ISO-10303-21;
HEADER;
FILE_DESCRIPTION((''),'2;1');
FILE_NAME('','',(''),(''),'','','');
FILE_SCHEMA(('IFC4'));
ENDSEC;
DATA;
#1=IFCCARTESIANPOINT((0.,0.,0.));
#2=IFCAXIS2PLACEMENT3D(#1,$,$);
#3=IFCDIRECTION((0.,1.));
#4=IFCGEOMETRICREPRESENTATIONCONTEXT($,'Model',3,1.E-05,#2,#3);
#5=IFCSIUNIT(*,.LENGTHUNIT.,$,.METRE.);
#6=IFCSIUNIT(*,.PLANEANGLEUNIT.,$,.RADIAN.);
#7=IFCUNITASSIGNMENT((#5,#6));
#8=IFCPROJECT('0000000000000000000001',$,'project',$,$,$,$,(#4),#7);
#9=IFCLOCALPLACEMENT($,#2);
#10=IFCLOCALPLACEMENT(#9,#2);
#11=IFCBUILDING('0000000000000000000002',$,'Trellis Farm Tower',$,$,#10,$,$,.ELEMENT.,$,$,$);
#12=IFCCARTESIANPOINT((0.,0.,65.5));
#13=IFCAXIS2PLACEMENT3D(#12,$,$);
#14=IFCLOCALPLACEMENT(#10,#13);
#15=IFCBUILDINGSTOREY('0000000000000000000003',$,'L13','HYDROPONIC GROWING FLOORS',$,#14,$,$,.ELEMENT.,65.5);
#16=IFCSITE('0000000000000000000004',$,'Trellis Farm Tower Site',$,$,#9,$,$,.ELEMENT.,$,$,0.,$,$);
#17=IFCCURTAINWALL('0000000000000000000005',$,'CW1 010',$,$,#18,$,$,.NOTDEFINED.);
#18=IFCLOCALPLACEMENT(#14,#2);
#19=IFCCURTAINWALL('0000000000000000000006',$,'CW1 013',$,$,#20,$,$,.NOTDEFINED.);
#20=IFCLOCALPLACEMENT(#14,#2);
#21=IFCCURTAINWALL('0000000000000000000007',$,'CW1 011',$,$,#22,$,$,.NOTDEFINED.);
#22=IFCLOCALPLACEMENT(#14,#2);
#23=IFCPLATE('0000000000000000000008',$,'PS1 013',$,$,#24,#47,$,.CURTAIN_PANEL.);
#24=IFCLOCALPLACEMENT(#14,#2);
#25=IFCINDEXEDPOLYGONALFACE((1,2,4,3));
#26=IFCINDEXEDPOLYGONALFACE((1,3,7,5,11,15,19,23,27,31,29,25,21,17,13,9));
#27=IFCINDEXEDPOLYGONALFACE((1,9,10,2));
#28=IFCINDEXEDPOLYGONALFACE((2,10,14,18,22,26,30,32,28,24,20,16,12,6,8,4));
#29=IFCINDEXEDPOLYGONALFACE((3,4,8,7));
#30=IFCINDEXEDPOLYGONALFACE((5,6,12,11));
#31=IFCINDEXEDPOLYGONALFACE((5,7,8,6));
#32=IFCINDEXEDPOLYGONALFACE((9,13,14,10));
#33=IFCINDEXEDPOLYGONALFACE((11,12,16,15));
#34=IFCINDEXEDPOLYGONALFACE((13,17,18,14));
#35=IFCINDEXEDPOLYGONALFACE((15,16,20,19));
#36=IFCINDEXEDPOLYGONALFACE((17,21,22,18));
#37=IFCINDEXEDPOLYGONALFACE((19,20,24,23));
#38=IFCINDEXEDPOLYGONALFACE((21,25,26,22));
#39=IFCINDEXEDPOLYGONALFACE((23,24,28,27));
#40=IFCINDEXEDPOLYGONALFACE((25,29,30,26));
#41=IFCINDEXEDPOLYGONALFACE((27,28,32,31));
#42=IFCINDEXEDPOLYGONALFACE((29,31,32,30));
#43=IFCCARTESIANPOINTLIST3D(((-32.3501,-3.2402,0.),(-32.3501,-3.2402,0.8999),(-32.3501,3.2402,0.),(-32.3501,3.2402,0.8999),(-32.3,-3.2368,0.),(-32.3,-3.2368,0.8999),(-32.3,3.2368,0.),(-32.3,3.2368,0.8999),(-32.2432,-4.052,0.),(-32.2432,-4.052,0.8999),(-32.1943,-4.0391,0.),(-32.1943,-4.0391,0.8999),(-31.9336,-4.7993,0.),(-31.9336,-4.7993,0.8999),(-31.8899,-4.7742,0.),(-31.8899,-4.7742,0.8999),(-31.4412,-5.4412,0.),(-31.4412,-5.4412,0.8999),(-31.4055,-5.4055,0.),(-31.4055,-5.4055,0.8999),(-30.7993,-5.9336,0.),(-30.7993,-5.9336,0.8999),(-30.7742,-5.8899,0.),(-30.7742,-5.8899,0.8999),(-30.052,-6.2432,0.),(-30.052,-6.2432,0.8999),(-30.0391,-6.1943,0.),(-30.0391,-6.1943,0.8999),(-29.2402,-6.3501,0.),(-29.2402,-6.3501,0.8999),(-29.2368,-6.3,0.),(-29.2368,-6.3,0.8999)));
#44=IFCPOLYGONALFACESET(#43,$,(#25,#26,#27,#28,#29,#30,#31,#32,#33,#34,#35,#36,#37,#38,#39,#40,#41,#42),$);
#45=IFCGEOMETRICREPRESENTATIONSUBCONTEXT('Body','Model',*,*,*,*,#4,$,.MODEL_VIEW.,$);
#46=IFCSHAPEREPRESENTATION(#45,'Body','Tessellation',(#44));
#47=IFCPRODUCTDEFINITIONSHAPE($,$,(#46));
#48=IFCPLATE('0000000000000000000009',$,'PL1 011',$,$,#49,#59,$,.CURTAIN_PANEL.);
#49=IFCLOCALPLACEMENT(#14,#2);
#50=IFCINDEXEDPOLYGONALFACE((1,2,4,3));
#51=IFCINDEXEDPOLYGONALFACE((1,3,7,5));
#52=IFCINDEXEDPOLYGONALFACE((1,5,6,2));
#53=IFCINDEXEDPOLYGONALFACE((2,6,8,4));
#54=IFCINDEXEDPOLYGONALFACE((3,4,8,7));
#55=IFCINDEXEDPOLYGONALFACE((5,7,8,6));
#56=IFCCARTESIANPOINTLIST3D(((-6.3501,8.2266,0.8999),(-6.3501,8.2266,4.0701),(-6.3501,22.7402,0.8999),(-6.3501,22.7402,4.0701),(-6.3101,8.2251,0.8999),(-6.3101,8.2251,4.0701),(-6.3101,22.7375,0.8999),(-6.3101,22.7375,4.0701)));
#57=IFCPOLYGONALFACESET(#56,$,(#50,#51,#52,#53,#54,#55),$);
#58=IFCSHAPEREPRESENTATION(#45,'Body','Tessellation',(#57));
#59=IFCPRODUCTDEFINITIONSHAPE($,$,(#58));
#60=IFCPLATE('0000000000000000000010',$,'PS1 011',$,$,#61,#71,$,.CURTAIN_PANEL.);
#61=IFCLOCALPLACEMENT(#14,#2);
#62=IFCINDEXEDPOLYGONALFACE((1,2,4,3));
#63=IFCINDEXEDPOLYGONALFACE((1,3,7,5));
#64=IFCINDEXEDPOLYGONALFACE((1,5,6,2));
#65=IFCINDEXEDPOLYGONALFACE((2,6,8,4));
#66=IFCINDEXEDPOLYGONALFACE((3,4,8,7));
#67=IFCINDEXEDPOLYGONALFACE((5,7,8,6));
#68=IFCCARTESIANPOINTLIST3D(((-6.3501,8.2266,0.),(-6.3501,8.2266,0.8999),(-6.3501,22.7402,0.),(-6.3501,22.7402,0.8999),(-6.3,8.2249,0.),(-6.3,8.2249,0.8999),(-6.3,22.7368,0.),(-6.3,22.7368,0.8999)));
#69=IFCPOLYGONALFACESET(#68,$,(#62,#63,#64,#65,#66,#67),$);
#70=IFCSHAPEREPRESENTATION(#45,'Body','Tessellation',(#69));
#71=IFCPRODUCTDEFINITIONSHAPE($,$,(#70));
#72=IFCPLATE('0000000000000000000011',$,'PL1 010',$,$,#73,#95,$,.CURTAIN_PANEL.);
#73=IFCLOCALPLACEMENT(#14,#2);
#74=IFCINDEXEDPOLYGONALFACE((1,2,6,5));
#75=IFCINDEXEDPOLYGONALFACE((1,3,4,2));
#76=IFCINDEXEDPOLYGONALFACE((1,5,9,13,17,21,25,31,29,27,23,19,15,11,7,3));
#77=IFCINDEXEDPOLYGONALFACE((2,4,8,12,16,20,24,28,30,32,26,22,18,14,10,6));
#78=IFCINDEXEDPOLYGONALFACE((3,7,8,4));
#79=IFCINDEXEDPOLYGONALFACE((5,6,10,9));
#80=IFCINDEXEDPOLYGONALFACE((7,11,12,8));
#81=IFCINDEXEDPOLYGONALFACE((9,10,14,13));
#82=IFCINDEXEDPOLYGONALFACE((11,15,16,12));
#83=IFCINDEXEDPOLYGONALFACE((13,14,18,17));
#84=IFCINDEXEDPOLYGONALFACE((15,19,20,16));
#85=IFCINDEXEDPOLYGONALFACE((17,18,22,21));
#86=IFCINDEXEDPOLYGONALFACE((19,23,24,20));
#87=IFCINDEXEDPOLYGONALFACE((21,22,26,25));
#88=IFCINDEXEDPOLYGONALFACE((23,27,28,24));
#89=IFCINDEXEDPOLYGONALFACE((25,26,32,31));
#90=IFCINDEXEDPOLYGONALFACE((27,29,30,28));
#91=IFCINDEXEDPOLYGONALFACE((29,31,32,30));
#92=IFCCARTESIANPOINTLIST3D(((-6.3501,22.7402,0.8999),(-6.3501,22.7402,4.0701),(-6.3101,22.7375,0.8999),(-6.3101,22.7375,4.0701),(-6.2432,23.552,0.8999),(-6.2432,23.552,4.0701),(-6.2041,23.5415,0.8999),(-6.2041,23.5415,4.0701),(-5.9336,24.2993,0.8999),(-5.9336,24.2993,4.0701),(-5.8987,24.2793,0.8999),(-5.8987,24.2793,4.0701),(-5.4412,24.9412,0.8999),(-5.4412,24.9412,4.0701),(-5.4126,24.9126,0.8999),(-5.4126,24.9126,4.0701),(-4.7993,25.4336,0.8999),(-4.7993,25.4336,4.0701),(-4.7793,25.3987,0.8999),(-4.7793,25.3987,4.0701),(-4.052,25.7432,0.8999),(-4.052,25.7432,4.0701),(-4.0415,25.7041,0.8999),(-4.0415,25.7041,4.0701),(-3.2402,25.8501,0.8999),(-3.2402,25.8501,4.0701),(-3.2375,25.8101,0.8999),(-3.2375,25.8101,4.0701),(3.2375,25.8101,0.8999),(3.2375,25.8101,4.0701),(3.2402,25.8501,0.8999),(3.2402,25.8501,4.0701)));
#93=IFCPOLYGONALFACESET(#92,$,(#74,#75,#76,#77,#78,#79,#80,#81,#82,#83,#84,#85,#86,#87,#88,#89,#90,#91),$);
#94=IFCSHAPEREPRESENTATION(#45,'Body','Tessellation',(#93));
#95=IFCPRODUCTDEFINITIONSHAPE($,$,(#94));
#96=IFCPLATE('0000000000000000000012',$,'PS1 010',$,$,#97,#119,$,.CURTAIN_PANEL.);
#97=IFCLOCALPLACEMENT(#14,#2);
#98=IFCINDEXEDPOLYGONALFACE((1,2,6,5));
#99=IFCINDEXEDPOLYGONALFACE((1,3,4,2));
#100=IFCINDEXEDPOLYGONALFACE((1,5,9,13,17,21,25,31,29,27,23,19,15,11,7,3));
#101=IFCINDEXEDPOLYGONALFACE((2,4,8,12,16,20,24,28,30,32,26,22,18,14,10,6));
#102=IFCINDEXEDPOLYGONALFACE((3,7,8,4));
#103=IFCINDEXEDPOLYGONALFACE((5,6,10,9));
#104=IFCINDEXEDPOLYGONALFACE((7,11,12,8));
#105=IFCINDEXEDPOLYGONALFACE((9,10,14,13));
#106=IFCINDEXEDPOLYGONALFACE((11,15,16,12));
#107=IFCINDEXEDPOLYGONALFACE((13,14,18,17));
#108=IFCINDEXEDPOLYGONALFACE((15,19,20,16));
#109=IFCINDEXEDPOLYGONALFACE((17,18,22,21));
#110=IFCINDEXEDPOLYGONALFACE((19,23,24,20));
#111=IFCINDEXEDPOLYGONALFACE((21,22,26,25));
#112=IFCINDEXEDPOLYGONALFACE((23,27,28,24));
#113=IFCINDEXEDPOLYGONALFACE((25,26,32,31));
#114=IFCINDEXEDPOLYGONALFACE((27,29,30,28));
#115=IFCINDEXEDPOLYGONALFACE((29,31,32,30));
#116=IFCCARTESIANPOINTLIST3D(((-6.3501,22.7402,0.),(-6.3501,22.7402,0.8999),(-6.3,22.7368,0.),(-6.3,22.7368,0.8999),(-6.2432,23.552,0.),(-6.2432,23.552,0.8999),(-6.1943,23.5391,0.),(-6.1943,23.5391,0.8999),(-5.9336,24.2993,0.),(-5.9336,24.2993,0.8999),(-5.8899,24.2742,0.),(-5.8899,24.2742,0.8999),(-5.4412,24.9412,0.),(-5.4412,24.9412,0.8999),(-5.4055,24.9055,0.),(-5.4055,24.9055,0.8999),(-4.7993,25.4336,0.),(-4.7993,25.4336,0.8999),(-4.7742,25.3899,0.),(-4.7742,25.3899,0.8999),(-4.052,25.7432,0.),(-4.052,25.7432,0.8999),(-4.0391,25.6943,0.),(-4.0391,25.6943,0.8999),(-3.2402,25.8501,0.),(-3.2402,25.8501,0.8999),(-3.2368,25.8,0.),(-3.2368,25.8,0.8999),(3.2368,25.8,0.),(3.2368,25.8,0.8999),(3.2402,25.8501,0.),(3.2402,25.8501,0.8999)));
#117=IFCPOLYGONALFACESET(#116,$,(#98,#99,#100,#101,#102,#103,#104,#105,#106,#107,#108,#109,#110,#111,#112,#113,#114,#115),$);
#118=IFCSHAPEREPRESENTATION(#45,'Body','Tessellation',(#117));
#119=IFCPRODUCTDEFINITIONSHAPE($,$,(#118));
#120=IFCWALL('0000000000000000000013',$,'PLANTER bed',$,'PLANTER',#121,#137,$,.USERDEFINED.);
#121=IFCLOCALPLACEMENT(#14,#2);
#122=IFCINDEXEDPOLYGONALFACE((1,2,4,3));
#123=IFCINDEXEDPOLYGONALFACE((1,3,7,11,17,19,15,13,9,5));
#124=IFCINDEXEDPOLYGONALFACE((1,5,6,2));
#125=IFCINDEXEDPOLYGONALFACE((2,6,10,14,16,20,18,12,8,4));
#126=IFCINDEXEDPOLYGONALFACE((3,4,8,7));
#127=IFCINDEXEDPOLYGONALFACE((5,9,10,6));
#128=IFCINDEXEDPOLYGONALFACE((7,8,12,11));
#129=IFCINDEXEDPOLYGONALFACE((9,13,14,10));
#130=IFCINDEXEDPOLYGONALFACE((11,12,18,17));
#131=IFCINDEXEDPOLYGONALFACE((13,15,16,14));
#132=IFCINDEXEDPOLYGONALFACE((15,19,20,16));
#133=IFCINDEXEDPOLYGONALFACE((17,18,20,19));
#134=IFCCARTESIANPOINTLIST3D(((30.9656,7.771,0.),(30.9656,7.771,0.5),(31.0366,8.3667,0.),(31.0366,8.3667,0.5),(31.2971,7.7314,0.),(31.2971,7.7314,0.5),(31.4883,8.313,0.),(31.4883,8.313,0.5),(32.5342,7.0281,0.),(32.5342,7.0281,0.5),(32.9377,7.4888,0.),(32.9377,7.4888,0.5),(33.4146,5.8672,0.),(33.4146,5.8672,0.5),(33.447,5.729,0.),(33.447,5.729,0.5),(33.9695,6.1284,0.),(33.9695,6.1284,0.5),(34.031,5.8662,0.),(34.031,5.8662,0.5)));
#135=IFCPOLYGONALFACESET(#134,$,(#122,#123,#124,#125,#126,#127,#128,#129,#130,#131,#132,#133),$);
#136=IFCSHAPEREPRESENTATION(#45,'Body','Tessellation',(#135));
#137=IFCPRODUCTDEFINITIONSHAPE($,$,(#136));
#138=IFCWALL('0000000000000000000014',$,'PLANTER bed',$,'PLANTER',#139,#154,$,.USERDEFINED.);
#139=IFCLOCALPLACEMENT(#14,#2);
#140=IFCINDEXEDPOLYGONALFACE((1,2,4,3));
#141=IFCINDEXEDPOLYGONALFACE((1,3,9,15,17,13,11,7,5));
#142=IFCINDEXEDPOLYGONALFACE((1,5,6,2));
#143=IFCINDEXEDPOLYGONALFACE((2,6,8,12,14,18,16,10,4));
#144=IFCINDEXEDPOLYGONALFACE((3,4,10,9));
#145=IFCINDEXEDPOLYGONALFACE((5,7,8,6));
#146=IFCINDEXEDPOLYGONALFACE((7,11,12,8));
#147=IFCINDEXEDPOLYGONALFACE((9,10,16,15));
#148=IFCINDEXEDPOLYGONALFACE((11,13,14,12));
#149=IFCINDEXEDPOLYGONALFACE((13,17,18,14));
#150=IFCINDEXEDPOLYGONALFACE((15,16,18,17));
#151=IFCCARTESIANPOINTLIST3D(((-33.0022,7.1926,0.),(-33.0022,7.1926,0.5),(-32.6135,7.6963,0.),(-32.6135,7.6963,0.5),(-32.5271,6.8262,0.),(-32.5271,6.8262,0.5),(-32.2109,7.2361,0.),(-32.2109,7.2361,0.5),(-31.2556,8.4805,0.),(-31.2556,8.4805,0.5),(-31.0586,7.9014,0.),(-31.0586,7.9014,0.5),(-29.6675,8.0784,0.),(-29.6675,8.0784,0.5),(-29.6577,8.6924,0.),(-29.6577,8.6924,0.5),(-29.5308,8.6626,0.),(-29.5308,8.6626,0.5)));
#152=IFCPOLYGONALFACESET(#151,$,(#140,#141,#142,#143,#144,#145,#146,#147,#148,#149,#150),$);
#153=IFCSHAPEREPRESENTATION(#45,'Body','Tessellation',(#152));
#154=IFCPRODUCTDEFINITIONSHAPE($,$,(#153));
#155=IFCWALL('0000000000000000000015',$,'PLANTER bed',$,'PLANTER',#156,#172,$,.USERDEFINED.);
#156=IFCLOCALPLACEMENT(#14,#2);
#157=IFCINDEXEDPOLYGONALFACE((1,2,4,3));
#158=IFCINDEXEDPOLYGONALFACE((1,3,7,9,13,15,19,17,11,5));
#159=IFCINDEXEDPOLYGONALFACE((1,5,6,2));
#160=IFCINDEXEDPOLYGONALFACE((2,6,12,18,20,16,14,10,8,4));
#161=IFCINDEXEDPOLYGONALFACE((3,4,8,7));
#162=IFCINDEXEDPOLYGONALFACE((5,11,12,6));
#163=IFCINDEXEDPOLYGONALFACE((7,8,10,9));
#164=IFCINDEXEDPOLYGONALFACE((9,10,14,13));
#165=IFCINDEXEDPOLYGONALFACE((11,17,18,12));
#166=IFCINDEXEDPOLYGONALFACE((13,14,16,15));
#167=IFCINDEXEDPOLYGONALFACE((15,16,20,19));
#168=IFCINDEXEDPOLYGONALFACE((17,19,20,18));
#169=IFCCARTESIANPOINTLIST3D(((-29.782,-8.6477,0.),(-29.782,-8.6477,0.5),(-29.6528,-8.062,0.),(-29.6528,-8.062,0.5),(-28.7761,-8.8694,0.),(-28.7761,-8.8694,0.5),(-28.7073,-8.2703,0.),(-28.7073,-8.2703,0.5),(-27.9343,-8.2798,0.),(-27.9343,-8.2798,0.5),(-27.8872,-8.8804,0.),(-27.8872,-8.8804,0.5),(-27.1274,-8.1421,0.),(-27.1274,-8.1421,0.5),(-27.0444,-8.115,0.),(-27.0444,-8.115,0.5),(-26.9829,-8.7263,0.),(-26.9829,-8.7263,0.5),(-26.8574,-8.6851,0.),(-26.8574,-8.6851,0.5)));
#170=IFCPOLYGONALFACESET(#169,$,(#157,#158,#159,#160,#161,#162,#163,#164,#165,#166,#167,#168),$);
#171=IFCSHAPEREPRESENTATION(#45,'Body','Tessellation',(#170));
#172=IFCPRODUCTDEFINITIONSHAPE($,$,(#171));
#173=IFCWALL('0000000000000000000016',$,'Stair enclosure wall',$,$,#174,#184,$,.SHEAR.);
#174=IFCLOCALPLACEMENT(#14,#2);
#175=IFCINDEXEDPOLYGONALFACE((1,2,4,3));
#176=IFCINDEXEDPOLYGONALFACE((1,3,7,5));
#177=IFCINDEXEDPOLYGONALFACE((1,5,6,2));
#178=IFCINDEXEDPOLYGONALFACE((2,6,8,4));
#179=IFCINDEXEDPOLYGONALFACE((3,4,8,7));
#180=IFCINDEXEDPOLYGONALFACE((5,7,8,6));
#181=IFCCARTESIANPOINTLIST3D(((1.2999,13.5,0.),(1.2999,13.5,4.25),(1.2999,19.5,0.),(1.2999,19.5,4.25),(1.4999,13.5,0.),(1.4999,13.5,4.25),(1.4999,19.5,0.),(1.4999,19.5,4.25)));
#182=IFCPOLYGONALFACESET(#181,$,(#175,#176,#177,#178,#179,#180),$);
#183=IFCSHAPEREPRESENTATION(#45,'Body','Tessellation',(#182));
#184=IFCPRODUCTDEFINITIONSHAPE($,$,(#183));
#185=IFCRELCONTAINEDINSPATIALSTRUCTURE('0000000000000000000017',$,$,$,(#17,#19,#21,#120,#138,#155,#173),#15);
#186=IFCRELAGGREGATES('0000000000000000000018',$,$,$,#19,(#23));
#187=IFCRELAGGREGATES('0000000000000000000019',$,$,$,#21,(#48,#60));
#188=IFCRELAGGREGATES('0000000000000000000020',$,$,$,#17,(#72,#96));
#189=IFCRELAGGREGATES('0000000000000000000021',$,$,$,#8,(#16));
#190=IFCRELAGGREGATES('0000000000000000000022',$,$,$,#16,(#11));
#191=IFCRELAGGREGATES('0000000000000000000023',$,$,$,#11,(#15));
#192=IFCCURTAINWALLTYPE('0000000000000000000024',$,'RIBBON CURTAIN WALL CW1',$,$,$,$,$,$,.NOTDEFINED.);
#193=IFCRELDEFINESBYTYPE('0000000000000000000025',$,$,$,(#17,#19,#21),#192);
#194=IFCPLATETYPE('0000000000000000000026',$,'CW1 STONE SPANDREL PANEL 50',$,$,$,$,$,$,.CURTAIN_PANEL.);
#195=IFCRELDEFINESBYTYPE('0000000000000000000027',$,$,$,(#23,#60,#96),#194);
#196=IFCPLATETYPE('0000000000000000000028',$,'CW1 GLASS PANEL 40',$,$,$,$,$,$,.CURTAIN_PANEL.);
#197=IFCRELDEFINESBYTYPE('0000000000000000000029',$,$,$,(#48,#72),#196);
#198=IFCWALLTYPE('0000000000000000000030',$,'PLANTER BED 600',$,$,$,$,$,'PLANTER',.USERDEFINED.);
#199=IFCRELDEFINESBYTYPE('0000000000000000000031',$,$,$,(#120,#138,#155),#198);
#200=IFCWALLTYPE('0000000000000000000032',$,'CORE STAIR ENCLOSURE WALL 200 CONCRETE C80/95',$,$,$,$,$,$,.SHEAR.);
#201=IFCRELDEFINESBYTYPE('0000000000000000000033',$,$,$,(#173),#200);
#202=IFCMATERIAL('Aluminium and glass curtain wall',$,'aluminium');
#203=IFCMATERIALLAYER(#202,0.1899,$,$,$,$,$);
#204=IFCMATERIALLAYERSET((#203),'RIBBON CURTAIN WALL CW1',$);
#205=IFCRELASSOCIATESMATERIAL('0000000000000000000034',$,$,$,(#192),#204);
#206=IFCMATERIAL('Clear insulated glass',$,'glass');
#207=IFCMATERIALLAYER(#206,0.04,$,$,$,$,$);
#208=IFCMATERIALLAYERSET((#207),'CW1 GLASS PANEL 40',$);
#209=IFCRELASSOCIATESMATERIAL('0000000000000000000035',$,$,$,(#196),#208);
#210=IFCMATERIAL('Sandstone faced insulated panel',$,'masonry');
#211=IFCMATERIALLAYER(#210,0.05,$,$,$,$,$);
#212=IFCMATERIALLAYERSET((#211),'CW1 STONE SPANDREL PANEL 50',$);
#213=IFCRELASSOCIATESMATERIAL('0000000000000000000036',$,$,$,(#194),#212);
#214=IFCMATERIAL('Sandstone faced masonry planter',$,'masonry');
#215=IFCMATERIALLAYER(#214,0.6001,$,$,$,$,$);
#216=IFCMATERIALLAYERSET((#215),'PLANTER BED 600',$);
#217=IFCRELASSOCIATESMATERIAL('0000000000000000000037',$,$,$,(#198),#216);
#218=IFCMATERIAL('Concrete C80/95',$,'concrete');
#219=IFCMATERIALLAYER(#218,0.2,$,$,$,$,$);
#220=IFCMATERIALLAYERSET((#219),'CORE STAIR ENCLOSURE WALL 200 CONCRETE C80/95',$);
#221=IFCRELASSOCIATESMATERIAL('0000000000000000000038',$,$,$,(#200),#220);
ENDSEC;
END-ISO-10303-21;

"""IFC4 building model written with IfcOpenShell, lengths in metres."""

from ifc_helpers import new_model, si_unit, direction, frame, frame_2d, origin, place, context, subcontext, project, spatial, polyline, rectangle, outline, extrude, source, transform, mapped, material, layer, layer_set, type_object, element, aggregate, save


model = new_model("IFC4")

# Units and contexts
model_context = context("Model", 3, precision=1e-05, world=origin(), true_north=direction((0.0, 1.0)))
body_context = subcontext(model_context, "Body", "Model", "MODEL_VIEW")
ifc_project = project(units=[si_unit("LENGTHUNIT", "METRE"), si_unit("PLANEANGLEUNIT", "RADIAN")], contexts=[model_context])

# Site, building, storey
site_placement = place(None, origin())
site = spatial("IfcSite", under=ifc_project, at=site_placement, Name="Trellis Farm Tower Site", CompositionType="ELEMENT", RefElevation=0.0)
building_placement = place(site_placement, origin())
building = spatial("IfcBuilding", under=site, at=building_placement, Name="Trellis Farm Tower", CompositionType="ELEMENT")
storey_placement = place(building_placement, frame((0.0, 0.0, 65.5)))
storey = spatial("IfcBuildingStorey", under=building, at=storey_placement, Name="L13", Description="HYDROPONIC GROWING FLOORS", CompositionType="ELEMENT", Elevation=65.5)

# Curtain walls
ifc_material_1 = material(Name="Aluminium and glass curtain wall", Category="aluminium")
ifc_layer_1 = layer(ifc_material_1, 0.1899)
ifc_layer_set_1 = layer_set([ifc_layer_1], Name="RIBBON CURTAIN WALL CW1")
curtain_wall_type_1 = type_object("IfcCurtainWallType", Name="RIBBON CURTAIN WALL CW1", PredefinedType="NOTDEFINED", material=ifc_layer_set_1)
placement_1 = place(storey_placement, origin())
curtain_wall_1 = element("IfcCurtainWall", 1, at=placement_1, inside=storey, type_object=curtain_wall_type_1, Name="CW1 010", PredefinedType="NOTDEFINED")
curtain_wall_2 = element("IfcCurtainWall", 2, at=placement_1, inside=storey, type_object=curtain_wall_type_1, Name="CW1 013", PredefinedType="NOTDEFINED")
curtain_wall_3 = element("IfcCurtainWall", 3, at=placement_1, inside=storey, type_object=curtain_wall_type_1, Name="CW1 011", PredefinedType="NOTDEFINED")

# Plates
ifc_material_2 = material(Name="Clear insulated glass", Category="glass")
ifc_layer_2 = layer(ifc_material_2, 0.04)
ifc_layer_set_2 = layer_set([ifc_layer_2], Name="CW1 GLASS PANEL 40")
plate_type_1 = type_object("IfcPlateType", Name="CW1 GLASS PANEL 40", PredefinedType="CURTAIN_PANEL", material=ifc_layer_set_2)
placement_2 = place(storey_placement, frame((0.0, 0.0, 0.8999)))
ifc_material_3 = material(Name="Sandstone faced insulated panel", Category="masonry")
ifc_layer_3 = layer(ifc_material_3, 0.05)
ifc_layer_set_3 = layer_set([ifc_layer_3], Name="CW1 STONE SPANDREL PANEL 50")
plate_type_2 = type_object("IfcPlateType", Name="CW1 STONE SPANDREL PANEL 50", PredefinedType="CURTAIN_PANEL", material=ifc_layer_set_3)
shared_shape_1 = source(origin(), body_context, "Body", "SweptSolid", [
    extrude(outline(polyline([(-32.3501, 3.2402), (-32.3501, -3.2402), (-32.2432, -4.052), (-31.9336, -4.7993), (-31.4412, -5.4412), (-30.7993, -5.9336), (-30.052, -6.2432), (-29.2402, -6.3501), (-29.2368, -6.3), (-30.0391, -6.1943), (-30.7742, -5.8899), (-31.4055, -5.4055), (-31.8899, -4.7742), (-32.1943, -4.0391), (-32.3, -3.2368), (-32.3, 3.2368), (-32.3501, 3.2402)])), origin(), (0.0, 0.0, 1.0), 0.8999),
])
plate_1 = element("IfcPlate", 4, at=placement_1, type_object=plate_type_2, Name="PS1 013", PredefinedType="CURTAIN_PANEL", context=body_context, shape_type="MappedRepresentation", body=[
    mapped(shared_shape_1, transform((0.0, 0.0, 0.0))),
])
aggregate(curtain_wall_2, [plate_1])
shared_shape_2 = source(origin(), body_context, "Body", "SweptSolid", [
    extrude(outline(polyline([(-6.3501, 22.7402), (-6.3501, 8.2266), (-6.3101, 8.2251), (-6.3101, 22.7375), (-6.3501, 22.7402)])), origin(), (0.0, 0.0, 1.0), 3.1702),
])
plate_2 = element("IfcPlate", 5, at=placement_2, type_object=plate_type_1, Name="PL1 011", PredefinedType="CURTAIN_PANEL", context=body_context, shape_type="MappedRepresentation", body=[
    mapped(shared_shape_2, transform((0.0, 0.0, 0.0))),
])
shared_shape_3 = source(origin(), body_context, "Body", "SweptSolid", [
    extrude(outline(polyline([(-6.3501, 22.7402), (-6.3501, 8.2266), (-6.3, 8.2249), (-6.3, 22.7368), (-6.3501, 22.7402)])), origin(), (0.0, 0.0, 1.0), 0.8999),
])
plate_3 = element("IfcPlate", 6, at=placement_1, type_object=plate_type_2, Name="PS1 011", PredefinedType="CURTAIN_PANEL", context=body_context, shape_type="MappedRepresentation", body=[
    mapped(shared_shape_3, transform((0.0, 0.0, 0.0))),
])
aggregate(curtain_wall_3, [plate_2, plate_3])
shared_shape_4 = source(origin(), body_context, "Body", "SweptSolid", [
    extrude(outline(polyline([(3.2402, 25.8501), (-3.2402, 25.8501), (-4.052, 25.7432), (-4.7993, 25.4336), (-5.4412, 24.9412), (-5.9336, 24.2993), (-6.2432, 23.552), (-6.3501, 22.7402), (-6.3101, 22.7375), (-6.2041, 23.5415), (-5.8987, 24.2793), (-5.4126, 24.9126), (-4.7793, 25.3987), (-4.0415, 25.7041), (-3.2375, 25.8101), (3.2375, 25.8101), (3.2402, 25.8501)])), origin(), (0.0, 0.0, 1.0), 3.1702),
])
plate_4 = element("IfcPlate", 7, at=placement_2, type_object=plate_type_1, Name="PL1 010", PredefinedType="CURTAIN_PANEL", context=body_context, shape_type="MappedRepresentation", body=[
    mapped(shared_shape_4, transform((0.0, 0.0, 0.0))),
])
shared_shape_5 = source(origin(), body_context, "Body", "SweptSolid", [
    extrude(outline(polyline([(3.2402, 25.8501), (-3.2402, 25.8501), (-4.052, 25.7432), (-4.7993, 25.4336), (-5.4412, 24.9412), (-5.9336, 24.2993), (-6.2432, 23.552), (-6.3501, 22.7402), (-6.3, 22.7368), (-6.1943, 23.5391), (-5.8899, 24.2742), (-5.4055, 24.9055), (-4.7742, 25.3899), (-4.0391, 25.6943), (-3.2368, 25.8), (3.2368, 25.8), (3.2402, 25.8501)])), origin(), (0.0, 0.0, 1.0), 0.8999),
])
plate_5 = element("IfcPlate", 8, at=placement_1, type_object=plate_type_2, Name="PS1 010", PredefinedType="CURTAIN_PANEL", context=body_context, shape_type="MappedRepresentation", body=[
    mapped(shared_shape_5, transform((0.0, 0.0, 0.0))),
])
aggregate(curtain_wall_1, [plate_4, plate_5])

# Walls
ifc_material_4 = material(Name="Sandstone faced masonry planter", Category="masonry")
ifc_layer_4 = layer(ifc_material_4, 0.6001)
ifc_layer_set_4 = layer_set([ifc_layer_4], Name="PLANTER BED 600")
wall_type_1 = type_object("IfcWallType", Name="PLANTER BED 600", ElementType="PLANTER", PredefinedType="USERDEFINED", material=ifc_layer_set_4)
element("IfcWall", 9, at=placement_1, inside=storey, type_object=wall_type_1, Name="PLANTER bed", ObjectType="PLANTER", PredefinedType="USERDEFINED", context=body_context, shape_type="SweptSolid", body=[
    extrude(outline(polyline([(31.4883, 8.313), (32.9377, 7.4888), (33.9695, 6.1284), (34.031, 5.8662), (33.447, 5.729), (33.4146, 5.8672), (32.5342, 7.0281), (31.2971, 7.7314), (30.9656, 7.771), (31.0366, 8.3667), (31.4883, 8.313)])), origin(), (0.0, 0.0, 1.0), 0.5),
])
element("IfcWall", 10, at=placement_1, inside=storey, type_object=wall_type_1, Name="PLANTER bed", ObjectType="PLANTER", PredefinedType="USERDEFINED", context=body_context, shape_type="SweptSolid", body=[
    extrude(outline(polyline([(-31.2556, 8.4805), (-29.6577, 8.6924), (-29.5308, 8.6626), (-29.6675, 8.0784), (-31.0586, 7.9014), (-32.2109, 7.2361), (-32.5271, 6.8262), (-33.0022, 7.1926), (-32.6135, 7.6963), (-31.2556, 8.4805)])), origin(), (0.0, 0.0, 1.0), 0.5),
])
element("IfcWall", 11, at=placement_1, inside=storey, type_object=wall_type_1, Name="PLANTER bed", ObjectType="PLANTER", PredefinedType="USERDEFINED", context=body_context, shape_type="SweptSolid", body=[
    extrude(outline(polyline([(-27.8872, -8.8804), (-28.7761, -8.8694), (-29.782, -8.6477), (-29.6528, -8.062), (-28.7073, -8.2703), (-27.9343, -8.2798), (-27.1274, -8.1421), (-27.0444, -8.115), (-26.8574, -8.6851), (-26.9829, -8.7263), (-27.8872, -8.8804)])), origin(), (0.0, 0.0, 1.0), 0.5),
])
ifc_material_5 = material(Name="Concrete C80/95", Category="concrete")
ifc_layer_5 = layer(ifc_material_5, 0.2)
ifc_layer_set_5 = layer_set([ifc_layer_5], Name="CORE STAIR ENCLOSURE WALL 200 CONCRETE C80/95")
wall_type_2 = type_object("IfcWallType", Name="CORE STAIR ENCLOSURE WALL 200 CONCRETE C80/95", PredefinedType="SHEAR", material=ifc_layer_set_5)
shared_shape_6 = source(origin(), body_context, "Body", "SweptSolid", [
    extrude(rectangle(XDim=6.0, YDim=0.2, at=frame_2d((3.0, 0.0))), origin(), (0.0, 0.0, 1.0), 4.25),
])
wall_1_placement = place(storey_placement, frame((1.3999, 13.5, 0.0), z_axis=(0.0, 0.0, 1.0), x_axis=(0.0, 1.0, 0.0)))
element("IfcWall", 12, at=wall_1_placement, inside=storey, type_object=wall_type_2, Name="Stair enclosure wall", PredefinedType="SHEAR", context=body_context, shape_type="MappedRepresentation", body=[
    mapped(shared_shape_6, transform((0.0, 0.0, 0.0))),
])

save(model, "model.ifc")
